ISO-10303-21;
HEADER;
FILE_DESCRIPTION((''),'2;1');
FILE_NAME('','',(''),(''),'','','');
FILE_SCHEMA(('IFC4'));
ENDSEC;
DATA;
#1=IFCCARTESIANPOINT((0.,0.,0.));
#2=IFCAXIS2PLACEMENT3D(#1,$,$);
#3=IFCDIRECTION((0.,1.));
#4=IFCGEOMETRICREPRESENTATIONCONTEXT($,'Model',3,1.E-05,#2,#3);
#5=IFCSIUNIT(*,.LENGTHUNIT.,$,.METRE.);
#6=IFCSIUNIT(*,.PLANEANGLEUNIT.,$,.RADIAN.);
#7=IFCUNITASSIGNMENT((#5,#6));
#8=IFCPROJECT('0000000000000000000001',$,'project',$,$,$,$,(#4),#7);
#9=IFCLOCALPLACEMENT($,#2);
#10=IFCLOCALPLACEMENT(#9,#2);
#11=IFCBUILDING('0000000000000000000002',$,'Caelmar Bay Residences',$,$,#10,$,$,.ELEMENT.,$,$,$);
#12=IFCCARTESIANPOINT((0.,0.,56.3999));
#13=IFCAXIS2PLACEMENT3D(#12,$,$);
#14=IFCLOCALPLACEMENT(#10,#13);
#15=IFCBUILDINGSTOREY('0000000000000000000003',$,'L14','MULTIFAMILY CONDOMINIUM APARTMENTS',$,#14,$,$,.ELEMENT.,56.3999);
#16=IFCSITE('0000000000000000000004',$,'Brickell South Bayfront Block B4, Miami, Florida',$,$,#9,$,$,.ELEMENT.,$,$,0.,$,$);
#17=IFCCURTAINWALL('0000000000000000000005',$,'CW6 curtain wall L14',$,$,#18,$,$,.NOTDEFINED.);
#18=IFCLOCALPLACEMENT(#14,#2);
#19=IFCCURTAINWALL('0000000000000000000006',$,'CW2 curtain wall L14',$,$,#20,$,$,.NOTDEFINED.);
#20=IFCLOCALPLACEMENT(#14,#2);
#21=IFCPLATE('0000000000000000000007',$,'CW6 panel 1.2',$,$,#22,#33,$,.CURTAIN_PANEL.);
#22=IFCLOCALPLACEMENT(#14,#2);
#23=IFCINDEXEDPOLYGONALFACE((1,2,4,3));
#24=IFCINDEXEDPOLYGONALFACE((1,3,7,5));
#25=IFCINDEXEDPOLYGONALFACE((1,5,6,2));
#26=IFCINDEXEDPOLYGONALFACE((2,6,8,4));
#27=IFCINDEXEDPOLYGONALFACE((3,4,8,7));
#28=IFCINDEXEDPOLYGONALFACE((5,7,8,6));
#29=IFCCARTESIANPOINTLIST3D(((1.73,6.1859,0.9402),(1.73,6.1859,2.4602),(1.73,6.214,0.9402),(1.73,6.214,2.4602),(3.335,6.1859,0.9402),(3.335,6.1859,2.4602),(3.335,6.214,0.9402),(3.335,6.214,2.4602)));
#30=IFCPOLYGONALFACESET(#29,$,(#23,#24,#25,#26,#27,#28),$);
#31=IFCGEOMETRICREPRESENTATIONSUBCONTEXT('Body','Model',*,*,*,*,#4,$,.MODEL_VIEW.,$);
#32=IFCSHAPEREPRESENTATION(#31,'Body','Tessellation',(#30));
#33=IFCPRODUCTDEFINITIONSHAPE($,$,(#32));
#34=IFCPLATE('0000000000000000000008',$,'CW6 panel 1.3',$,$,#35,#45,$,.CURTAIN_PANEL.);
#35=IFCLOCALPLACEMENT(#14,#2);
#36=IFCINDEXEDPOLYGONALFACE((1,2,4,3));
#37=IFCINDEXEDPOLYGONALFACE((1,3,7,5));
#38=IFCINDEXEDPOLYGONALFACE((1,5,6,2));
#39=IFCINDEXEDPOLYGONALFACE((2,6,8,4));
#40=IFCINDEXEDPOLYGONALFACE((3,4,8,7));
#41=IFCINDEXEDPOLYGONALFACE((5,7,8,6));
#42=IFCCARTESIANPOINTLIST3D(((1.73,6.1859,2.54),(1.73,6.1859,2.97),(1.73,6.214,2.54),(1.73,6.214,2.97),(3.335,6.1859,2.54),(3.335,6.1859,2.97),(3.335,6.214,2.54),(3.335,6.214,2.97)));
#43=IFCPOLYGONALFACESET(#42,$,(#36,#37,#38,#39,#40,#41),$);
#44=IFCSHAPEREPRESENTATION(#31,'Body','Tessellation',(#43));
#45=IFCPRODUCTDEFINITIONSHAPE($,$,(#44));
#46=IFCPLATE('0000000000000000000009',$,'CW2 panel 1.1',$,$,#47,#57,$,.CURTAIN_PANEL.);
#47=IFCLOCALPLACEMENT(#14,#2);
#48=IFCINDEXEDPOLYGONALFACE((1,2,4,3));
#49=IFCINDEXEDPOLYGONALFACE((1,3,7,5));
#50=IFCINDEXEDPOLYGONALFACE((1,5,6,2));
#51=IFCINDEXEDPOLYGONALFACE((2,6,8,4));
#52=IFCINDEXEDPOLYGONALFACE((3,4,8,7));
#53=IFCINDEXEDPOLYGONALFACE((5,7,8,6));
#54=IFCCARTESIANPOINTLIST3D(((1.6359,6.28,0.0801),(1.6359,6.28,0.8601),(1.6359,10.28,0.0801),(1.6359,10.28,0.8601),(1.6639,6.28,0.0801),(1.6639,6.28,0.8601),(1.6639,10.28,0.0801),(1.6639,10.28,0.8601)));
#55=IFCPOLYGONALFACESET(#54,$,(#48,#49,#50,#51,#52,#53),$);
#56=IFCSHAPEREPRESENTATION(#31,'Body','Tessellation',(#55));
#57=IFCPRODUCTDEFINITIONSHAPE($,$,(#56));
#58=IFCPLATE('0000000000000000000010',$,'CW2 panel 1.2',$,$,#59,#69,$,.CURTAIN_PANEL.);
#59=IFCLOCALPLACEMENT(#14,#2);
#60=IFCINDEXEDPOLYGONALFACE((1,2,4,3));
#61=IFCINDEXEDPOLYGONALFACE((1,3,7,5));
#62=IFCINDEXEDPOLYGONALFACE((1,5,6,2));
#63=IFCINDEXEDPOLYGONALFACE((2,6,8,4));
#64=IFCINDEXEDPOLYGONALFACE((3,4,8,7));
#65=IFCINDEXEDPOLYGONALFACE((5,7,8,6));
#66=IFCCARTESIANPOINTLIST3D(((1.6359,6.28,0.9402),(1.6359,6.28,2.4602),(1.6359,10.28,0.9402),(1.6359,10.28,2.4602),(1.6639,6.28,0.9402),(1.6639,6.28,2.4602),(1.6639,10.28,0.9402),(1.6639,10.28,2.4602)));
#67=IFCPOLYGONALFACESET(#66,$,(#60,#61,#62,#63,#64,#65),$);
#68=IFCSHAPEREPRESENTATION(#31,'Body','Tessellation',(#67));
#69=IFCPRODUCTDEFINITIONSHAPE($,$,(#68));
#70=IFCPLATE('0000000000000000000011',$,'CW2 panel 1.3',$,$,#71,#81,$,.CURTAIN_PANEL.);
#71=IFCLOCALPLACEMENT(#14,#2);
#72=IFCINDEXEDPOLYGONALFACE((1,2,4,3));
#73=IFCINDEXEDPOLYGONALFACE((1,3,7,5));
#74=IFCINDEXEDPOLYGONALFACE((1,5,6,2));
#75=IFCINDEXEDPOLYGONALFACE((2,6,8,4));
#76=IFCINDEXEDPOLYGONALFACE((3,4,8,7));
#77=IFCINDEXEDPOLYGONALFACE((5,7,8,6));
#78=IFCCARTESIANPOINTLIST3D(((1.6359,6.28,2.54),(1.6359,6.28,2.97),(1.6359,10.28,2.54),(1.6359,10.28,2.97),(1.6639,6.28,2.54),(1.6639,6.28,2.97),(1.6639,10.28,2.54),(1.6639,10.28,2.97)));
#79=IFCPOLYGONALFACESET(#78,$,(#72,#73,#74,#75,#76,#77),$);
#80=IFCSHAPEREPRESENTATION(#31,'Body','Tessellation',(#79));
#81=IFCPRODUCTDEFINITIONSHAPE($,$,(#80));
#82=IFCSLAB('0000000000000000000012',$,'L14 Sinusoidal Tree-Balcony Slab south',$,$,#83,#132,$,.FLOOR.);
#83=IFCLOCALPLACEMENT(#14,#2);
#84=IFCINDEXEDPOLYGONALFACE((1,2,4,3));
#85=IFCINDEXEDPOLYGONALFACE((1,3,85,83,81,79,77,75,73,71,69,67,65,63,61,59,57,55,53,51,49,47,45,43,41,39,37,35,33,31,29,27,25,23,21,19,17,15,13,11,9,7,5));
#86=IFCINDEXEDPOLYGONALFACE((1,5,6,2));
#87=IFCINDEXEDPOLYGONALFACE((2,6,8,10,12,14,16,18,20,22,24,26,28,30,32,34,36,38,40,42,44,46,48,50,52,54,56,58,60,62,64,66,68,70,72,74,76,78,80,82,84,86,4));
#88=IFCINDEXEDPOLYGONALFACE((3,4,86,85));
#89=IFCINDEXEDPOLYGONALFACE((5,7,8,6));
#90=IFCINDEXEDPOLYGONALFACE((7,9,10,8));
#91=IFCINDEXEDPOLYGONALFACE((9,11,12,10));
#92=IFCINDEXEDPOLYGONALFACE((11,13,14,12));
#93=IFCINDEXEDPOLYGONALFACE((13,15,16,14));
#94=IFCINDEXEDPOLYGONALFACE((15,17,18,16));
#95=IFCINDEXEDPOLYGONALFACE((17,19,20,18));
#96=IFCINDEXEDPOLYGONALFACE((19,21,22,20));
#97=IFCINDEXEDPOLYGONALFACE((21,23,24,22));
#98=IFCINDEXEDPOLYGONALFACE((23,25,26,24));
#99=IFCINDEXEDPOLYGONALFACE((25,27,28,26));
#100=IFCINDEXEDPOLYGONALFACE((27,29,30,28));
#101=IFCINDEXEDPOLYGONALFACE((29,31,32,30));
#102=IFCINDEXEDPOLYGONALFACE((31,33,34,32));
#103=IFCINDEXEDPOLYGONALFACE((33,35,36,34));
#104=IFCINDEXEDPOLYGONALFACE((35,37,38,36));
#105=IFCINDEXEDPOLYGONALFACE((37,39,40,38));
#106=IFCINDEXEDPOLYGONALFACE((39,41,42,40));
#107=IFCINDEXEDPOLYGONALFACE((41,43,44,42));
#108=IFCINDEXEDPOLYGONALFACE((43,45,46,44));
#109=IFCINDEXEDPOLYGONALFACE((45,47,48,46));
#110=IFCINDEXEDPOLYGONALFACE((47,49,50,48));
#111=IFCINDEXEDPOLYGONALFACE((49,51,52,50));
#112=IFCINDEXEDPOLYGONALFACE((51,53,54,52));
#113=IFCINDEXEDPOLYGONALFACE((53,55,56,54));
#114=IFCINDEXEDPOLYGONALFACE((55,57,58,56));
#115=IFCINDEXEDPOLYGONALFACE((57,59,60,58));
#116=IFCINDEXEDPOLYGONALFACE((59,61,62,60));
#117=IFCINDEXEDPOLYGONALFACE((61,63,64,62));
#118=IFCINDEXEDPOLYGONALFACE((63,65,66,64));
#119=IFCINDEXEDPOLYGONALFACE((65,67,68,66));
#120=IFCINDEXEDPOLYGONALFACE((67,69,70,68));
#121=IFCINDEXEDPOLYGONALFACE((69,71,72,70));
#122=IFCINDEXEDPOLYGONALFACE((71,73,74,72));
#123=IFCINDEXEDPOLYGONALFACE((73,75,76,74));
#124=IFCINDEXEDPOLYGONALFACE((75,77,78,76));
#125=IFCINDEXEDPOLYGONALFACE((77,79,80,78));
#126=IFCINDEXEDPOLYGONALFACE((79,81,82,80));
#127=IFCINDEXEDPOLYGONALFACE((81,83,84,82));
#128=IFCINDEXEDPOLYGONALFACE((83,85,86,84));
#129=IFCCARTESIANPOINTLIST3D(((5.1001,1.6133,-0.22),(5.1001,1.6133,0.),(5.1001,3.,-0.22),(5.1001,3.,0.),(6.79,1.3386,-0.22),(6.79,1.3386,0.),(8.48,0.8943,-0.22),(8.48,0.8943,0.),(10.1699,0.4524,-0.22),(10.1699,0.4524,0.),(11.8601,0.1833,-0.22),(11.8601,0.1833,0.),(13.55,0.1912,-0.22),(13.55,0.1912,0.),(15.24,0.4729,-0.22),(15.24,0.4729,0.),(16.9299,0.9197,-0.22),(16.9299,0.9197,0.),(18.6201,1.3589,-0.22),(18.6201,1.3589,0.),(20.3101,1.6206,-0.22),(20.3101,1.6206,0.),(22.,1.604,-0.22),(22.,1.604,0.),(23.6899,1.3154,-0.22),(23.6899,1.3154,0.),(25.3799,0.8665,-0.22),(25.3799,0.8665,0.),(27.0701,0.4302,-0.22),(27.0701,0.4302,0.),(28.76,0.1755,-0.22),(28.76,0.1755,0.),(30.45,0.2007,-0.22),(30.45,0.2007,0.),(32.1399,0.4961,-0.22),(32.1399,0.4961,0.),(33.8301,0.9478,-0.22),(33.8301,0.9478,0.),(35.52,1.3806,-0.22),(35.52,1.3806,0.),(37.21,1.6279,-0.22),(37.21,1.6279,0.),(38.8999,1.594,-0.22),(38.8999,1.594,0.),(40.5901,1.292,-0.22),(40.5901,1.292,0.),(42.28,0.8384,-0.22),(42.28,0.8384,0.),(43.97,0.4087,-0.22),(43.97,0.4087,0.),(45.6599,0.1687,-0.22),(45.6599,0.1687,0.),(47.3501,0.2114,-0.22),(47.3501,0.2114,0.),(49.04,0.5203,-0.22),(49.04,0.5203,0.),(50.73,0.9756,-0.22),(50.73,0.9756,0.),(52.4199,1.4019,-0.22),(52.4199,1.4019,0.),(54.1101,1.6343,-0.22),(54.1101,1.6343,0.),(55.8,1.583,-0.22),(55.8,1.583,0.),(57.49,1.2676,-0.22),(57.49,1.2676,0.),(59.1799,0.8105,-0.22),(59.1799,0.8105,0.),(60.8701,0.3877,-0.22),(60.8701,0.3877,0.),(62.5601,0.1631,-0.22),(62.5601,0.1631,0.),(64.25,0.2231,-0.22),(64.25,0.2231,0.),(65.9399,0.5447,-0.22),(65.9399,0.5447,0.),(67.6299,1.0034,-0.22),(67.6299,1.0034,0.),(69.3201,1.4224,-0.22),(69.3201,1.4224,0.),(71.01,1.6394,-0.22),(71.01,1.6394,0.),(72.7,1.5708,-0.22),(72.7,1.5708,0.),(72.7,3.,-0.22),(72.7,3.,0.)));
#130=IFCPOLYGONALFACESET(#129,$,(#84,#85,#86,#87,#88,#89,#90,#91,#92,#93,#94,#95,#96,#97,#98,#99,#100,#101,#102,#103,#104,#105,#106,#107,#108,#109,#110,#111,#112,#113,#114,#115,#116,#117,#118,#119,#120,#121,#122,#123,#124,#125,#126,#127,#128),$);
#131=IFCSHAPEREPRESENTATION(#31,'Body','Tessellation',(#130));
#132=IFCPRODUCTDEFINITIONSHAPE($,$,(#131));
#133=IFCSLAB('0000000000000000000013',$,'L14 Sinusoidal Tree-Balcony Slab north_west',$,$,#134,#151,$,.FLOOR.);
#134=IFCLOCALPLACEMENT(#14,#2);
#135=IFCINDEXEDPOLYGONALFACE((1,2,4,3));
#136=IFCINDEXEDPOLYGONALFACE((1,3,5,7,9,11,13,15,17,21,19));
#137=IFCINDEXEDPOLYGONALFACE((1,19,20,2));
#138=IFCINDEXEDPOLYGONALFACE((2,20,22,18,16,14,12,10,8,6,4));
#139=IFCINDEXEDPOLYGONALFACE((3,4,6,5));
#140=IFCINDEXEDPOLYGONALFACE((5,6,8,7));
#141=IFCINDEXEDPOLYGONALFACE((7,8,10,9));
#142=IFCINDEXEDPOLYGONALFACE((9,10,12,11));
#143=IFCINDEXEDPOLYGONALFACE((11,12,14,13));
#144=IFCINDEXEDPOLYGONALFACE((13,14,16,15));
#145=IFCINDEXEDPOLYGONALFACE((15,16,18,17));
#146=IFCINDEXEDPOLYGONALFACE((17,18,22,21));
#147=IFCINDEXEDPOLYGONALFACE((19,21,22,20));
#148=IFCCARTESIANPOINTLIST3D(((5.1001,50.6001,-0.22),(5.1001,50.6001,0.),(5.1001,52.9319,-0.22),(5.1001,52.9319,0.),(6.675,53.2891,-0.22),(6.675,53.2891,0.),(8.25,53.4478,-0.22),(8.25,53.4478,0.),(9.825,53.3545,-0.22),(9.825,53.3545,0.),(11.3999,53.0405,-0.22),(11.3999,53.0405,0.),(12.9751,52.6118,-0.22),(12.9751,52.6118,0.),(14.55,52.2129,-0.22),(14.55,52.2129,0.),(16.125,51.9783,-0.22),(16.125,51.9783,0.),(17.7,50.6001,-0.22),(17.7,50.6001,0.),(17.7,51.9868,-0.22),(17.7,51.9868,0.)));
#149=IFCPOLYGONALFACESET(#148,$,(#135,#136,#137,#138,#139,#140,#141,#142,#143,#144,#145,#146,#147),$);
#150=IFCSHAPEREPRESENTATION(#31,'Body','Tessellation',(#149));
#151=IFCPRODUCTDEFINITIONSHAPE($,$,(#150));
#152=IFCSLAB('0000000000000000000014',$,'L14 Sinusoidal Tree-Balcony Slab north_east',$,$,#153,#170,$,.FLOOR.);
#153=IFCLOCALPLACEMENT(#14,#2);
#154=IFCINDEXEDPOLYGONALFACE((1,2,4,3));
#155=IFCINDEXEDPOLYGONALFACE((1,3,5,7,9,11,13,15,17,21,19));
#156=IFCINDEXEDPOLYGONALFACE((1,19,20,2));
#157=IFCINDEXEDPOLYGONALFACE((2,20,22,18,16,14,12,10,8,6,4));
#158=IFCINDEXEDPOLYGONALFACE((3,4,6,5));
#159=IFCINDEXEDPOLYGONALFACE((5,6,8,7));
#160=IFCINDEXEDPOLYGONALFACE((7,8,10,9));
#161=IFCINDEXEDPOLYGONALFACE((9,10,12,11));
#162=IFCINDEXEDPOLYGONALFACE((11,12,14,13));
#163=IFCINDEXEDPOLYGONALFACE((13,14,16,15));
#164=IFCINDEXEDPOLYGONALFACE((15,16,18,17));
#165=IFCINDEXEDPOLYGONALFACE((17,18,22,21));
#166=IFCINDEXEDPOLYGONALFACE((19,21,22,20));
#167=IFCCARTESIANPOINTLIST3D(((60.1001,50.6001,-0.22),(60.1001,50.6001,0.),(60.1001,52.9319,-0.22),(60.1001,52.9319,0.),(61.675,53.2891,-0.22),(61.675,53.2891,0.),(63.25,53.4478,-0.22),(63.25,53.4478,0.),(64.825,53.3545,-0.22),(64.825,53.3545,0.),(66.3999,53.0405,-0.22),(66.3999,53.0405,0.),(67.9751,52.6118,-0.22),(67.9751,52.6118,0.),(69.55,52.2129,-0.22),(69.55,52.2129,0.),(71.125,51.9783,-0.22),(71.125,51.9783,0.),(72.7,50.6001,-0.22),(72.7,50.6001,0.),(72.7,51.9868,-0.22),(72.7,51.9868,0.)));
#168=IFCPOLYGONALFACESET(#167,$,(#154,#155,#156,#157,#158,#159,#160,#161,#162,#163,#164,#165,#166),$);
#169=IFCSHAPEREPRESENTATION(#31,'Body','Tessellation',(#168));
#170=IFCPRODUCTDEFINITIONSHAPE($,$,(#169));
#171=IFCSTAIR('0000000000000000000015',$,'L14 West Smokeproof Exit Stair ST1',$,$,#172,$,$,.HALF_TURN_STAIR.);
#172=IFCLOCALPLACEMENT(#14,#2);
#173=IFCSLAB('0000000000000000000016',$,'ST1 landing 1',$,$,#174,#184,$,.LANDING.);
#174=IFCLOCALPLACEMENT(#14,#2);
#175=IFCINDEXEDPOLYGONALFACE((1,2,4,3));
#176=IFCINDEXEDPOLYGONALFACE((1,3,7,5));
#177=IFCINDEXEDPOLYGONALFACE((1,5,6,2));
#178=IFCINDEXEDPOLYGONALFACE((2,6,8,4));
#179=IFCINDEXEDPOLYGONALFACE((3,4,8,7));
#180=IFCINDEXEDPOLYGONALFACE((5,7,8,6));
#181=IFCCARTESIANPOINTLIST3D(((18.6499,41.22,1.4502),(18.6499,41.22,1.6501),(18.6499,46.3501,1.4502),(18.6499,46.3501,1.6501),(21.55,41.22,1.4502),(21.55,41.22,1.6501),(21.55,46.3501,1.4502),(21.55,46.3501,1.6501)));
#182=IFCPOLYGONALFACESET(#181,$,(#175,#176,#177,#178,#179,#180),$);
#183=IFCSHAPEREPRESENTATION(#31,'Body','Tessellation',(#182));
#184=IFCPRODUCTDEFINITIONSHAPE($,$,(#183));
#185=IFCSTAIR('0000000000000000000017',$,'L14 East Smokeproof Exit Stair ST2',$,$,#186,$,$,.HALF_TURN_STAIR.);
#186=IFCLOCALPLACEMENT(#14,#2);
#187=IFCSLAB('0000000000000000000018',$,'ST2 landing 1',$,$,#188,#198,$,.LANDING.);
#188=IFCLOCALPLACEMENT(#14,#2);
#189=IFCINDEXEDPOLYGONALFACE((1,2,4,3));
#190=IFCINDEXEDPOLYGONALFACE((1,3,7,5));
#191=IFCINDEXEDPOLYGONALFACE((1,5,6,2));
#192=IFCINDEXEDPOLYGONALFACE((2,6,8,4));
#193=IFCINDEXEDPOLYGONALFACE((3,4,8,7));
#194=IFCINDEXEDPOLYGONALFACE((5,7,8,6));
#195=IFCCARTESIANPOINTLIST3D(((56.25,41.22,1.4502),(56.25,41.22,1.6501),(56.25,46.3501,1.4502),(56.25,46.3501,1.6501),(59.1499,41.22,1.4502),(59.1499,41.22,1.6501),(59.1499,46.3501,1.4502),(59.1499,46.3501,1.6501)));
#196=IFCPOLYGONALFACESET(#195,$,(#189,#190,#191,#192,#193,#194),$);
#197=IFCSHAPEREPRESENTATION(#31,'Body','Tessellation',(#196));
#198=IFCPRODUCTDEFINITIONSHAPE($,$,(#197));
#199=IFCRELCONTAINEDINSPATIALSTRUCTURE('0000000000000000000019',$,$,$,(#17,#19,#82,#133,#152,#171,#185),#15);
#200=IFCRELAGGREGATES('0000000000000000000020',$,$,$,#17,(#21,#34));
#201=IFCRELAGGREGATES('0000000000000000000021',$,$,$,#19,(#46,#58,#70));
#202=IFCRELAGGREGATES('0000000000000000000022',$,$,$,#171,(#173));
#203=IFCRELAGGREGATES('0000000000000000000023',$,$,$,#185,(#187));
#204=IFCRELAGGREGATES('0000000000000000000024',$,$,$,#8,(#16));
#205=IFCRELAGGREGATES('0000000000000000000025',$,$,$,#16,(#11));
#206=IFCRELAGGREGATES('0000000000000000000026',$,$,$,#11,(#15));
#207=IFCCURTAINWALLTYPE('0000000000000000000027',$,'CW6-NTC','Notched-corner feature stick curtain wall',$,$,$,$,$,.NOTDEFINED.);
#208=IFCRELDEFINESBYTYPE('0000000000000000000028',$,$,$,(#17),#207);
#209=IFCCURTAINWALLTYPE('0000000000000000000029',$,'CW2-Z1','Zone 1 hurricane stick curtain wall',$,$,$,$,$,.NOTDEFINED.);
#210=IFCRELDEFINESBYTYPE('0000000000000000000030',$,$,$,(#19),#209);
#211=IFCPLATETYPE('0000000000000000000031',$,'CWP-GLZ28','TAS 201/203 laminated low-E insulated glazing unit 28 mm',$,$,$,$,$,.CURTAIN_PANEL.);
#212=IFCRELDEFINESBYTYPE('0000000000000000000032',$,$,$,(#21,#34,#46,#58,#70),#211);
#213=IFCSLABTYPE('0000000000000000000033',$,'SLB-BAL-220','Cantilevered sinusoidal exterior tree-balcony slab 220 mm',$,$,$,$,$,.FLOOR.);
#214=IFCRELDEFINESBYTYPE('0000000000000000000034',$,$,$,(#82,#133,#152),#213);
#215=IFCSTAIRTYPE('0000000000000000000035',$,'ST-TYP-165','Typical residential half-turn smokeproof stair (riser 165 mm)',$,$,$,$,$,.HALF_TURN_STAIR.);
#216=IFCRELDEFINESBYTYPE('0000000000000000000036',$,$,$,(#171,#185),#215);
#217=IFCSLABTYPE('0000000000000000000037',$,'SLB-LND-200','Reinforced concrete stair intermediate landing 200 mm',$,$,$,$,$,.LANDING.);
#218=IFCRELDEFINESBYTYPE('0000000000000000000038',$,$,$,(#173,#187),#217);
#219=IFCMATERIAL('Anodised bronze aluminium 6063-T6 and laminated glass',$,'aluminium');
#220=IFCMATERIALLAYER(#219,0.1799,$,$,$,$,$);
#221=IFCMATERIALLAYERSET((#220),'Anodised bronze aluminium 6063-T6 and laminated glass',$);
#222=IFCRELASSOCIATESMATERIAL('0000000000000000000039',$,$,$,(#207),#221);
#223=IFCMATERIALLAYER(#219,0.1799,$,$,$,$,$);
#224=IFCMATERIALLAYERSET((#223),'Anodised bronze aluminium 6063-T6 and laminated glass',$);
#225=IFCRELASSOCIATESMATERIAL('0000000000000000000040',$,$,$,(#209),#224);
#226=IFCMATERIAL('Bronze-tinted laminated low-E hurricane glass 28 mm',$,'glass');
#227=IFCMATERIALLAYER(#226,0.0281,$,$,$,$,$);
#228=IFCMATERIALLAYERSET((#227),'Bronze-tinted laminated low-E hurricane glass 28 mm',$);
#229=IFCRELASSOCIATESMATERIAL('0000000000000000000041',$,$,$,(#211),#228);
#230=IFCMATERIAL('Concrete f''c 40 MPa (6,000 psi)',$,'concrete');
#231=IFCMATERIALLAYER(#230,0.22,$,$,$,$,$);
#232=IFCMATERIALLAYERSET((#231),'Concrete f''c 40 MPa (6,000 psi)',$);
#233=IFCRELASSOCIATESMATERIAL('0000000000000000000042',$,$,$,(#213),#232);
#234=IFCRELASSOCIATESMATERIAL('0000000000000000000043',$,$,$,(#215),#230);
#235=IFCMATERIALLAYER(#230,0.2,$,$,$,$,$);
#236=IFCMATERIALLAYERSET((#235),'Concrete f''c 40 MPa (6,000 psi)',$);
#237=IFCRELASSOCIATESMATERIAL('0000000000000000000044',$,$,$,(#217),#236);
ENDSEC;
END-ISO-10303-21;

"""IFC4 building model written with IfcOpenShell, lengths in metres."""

from ifc_helpers import new_model, si_unit, direction, frame, origin, origin_2d, place, context, subcontext, project, spatial, polyline, rectangle, outline, extrude, material, layer, layer_set, type_object, element, aggregate, save


model = new_model("IFC4")

# Units and contexts
model_context = context("Model", 3, precision=1e-05, world=origin(), true_north=direction((0.0, 1.0)))
body_context = subcontext(model_context, "Body", "Model", "MODEL_VIEW")
ifc_project = project(units=[si_unit("LENGTHUNIT", "METRE"), si_unit("PLANEANGLEUNIT", "RADIAN")], contexts=[model_context])

# Site, building, storey
site_placement = place(None, origin())
site = spatial("IfcSite", under=ifc_project, at=site_placement, Name="Brickell South Bayfront Block B4, Miami, Florida", CompositionType="ELEMENT", RefElevation=0.0)
building_placement = place(site_placement, origin())
building = spatial("IfcBuilding", under=site, at=building_placement, Name="Caelmar Bay Residences", CompositionType="ELEMENT")
storey_placement = place(building_placement, frame((0.0, 0.0, 56.3999)))
storey = spatial("IfcBuildingStorey", under=building, at=storey_placement, Name="L14", Description="MULTIFAMILY CONDOMINIUM APARTMENTS", CompositionType="ELEMENT", Elevation=56.3999)

# Curtain walls
ifc_material_1 = material(Name="Anodised bronze aluminium 6063-T6 and laminated glass", Category="aluminium")
ifc_layer_1 = layer(ifc_material_1, 0.1799)
ifc_layer_set_1 = layer_set([ifc_layer_1], Name="Anodised bronze aluminium 6063-T6 and laminated glass")
curtain_wall_type_1 = type_object("IfcCurtainWallType", Name="CW6-NTC", Description="Notched-corner feature stick curtain wall", PredefinedType="NOTDEFINED", material=ifc_layer_set_1)
curtain_wall_1_placement = place(storey_placement, origin())
curtain_wall_1 = element("IfcCurtainWall", 1, at=curtain_wall_1_placement, inside=storey, type_object=curtain_wall_type_1, Name="CW6 curtain wall L14", PredefinedType="NOTDEFINED")
ifc_layer_2 = layer(ifc_material_1, 0.1799)
ifc_layer_set_2 = layer_set([ifc_layer_2], Name="Anodised bronze aluminium 6063-T6 and laminated glass")
curtain_wall_type_2 = type_object("IfcCurtainWallType", Name="CW2-Z1", Description="Zone 1 hurricane stick curtain wall", PredefinedType="NOTDEFINED", material=ifc_layer_set_2)
curtain_wall_2_placement = place(storey_placement, origin())
curtain_wall_2 = element("IfcCurtainWall", 2, at=curtain_wall_2_placement, inside=storey, type_object=curtain_wall_type_2, Name="CW2 curtain wall L14", PredefinedType="NOTDEFINED")

# Plates
ifc_material_2 = material(Name="Bronze-tinted laminated low-E hurricane glass 28 mm", Category="glass")
ifc_layer_3 = layer(ifc_material_2, 0.0281)
ifc_layer_set_3 = layer_set([ifc_layer_3], Name="Bronze-tinted laminated low-E hurricane glass 28 mm")
plate_type = type_object("IfcPlateType", Name="CWP-GLZ28", Description="TAS 201/203 laminated low-E insulated glazing unit 28 mm", PredefinedType="CURTAIN_PANEL", material=ifc_layer_set_3)
plate_1_placement = place(storey_placement, frame((2.5325, 6.2, 0.9402), z_axis=(0.0, 0.0, 1.0), x_axis=(1.0, 0.0, 0.0)))
plate_1 = element("IfcPlate", 3, at=plate_1_placement, type_object=plate_type, Name="CW6 panel 1.2", PredefinedType="CURTAIN_PANEL", context=body_context, shape_type="SweptSolid", body=[
    extrude(rectangle(XDim=1.605, YDim=0.0281, at=origin_2d()), origin(), (0.0, 0.0, 1.0), 1.52),
])
plate_2_placement = place(storey_placement, frame((2.5325, 6.2, 2.54), z_axis=(0.0, 0.0, 1.0), x_axis=(1.0, 0.0, 0.0)))
plate_2 = element("IfcPlate", 4, at=plate_2_placement, type_object=plate_type, Name="CW6 panel 1.3", PredefinedType="CURTAIN_PANEL", context=body_context, shape_type="SweptSolid", body=[
    extrude(rectangle(XDim=1.605, YDim=0.0281, at=origin_2d()), origin(), (0.0, 0.0, 1.0), 0.4299),
])
aggregate(curtain_wall_1, [plate_1, plate_2])
plate_3_placement = place(storey_placement, frame((1.6499, 8.28, 0.0801), z_axis=(0.0, 0.0, 1.0), x_axis=(0.0, 1.0, 0.0)))
plate_3 = element("IfcPlate", 5, at=plate_3_placement, type_object=plate_type, Name="CW2 panel 1.1", PredefinedType="CURTAIN_PANEL", context=body_context, shape_type="SweptSolid", body=[
    extrude(rectangle(XDim=4.0, YDim=0.0281, at=origin_2d()), origin(), (0.0, 0.0, 1.0), 0.78),
])
plate_4_placement = place(storey_placement, frame((1.6499, 8.28, 0.9402), z_axis=(0.0, 0.0, 1.0), x_axis=(0.0, 1.0, 0.0)))
plate_4 = element("IfcPlate", 6, at=plate_4_placement, type_object=plate_type, Name="CW2 panel 1.2", PredefinedType="CURTAIN_PANEL", context=body_context, shape_type="SweptSolid", body=[
    extrude(rectangle(XDim=4.0, YDim=0.0281, at=origin_2d()), origin(), (0.0, 0.0, 1.0), 1.52),
])
plate_5_placement = place(storey_placement, frame((1.6499, 8.28, 2.54), z_axis=(0.0, 0.0, 1.0), x_axis=(0.0, 1.0, 0.0)))
plate_5 = element("IfcPlate", 7, at=plate_5_placement, type_object=plate_type, Name="CW2 panel 1.3", PredefinedType="CURTAIN_PANEL", context=body_context, shape_type="SweptSolid", body=[
    extrude(rectangle(XDim=4.0, YDim=0.0281, at=origin_2d()), origin(), (0.0, 0.0, 1.0), 0.4299),
])
aggregate(curtain_wall_2, [plate_3, plate_4, plate_5])

# Slabs
ifc_material_3 = material(Name="Concrete f'c 40 MPa (6,000 psi)", Category="concrete")
ifc_layer_4 = layer(ifc_material_3, 0.22)
ifc_layer_set_4 = layer_set([ifc_layer_4], Name="Concrete f'c 40 MPa (6,000 psi)")
slab_type_1 = type_object("IfcSlabType", Name="SLB-BAL-220", Description="Cantilevered sinusoidal exterior tree-balcony slab 220 mm", PredefinedType="FLOOR", material=ifc_layer_set_4)
slab_1_placement = place(storey_placement, frame((0.0, 0.0, -0.22)))
element("IfcSlab", 8, at=slab_1_placement, inside=storey, type_object=slab_type_1, Name="L14 Sinusoidal Tree-Balcony Slab south", PredefinedType="FLOOR", context=body_context, shape_type="SweptSolid", body=[
    extrude(outline(polyline([(5.1001, 1.6133), (6.79, 1.3386), (8.48, 0.8943), (10.1699, 0.4524), (11.8601, 0.1833), (13.55, 0.1912), (15.24, 0.4729), (16.9299, 0.9197), (18.6201, 1.3589), (20.3101, 1.6206), (22.0, 1.604), (23.6899, 1.3154), (25.3799, 0.8665), (27.0701, 0.4302), (28.76, 0.1755), (30.45, 0.2007), (32.1399, 0.4961), (33.8301, 0.9478), (35.52, 1.3806), (37.21, 1.6279), (38.8999, 1.594), (40.5901, 1.292), (42.28, 0.8384), (43.97, 0.4087), (45.6599, 0.1687), (47.3501, 0.2114), (49.04, 0.5203), (50.73, 0.9756), (52.4199, 1.4019), (54.1101, 1.6343), (55.8, 1.583), (57.49, 1.2676), (59.1799, 0.8105), (60.8701, 0.3877), (62.5601, 0.1631), (64.25, 0.2231), (65.9399, 0.5447), (67.6299, 1.0034), (69.3201, 1.4224), (71.01, 1.6394), (72.7, 1.5708), (72.7, 3.0), (5.1001, 3.0), (5.1001, 1.6133)])), origin(), (0.0, 0.0, 1.0), 0.22),
])
slab_2_placement = place(storey_placement, frame((0.0, 0.0, -0.22)))
element("IfcSlab", 9, at=slab_2_placement, inside=storey, type_object=slab_type_1, Name="L14 Sinusoidal Tree-Balcony Slab north_west", PredefinedType="FLOOR", context=body_context, shape_type="SweptSolid", body=[
    extrude(outline(polyline([(5.1001, 50.6001), (17.7, 50.6001), (17.7, 51.9868), (16.125, 51.9783), (14.55, 52.2129), (12.9751, 52.6118), (11.3999, 53.0405), (9.825, 53.3545), (8.25, 53.4478), (6.675, 53.2891), (5.1001, 52.9319), (5.1001, 50.6001)])), origin(), (0.0, 0.0, 1.0), 0.22),
])
slab_3_placement = place(storey_placement, frame((0.0, 0.0, -0.22)))
element("IfcSlab", 10, at=slab_3_placement, inside=storey, type_object=slab_type_1, Name="L14 Sinusoidal Tree-Balcony Slab north_east", PredefinedType="FLOOR", context=body_context, shape_type="SweptSolid", body=[
    extrude(outline(polyline([(60.1001, 50.6001), (72.7, 50.6001), (72.7, 51.9868), (71.125, 51.9783), (69.55, 52.2129), (67.9751, 52.6118), (66.3999, 53.0405), (64.825, 53.3545), (63.25, 53.4478), (61.675, 53.2891), (60.1001, 52.9319), (60.1001, 50.6001)])), origin(), (0.0, 0.0, 1.0), 0.22),
])

# Stairs, slabs
stair_type = type_object("IfcStairType", Name="ST-TYP-165", Description="Typical residential half-turn smokeproof stair (riser 165 mm)", PredefinedType="HALF_TURN_STAIR", material=ifc_material_3)
stair_1_placement = place(storey_placement, origin())
stair_1 = element("IfcStair", 11, at=stair_1_placement, inside=storey, type_object=stair_type, Name="L14 West Smokeproof Exit Stair ST1", PredefinedType="HALF_TURN_STAIR")
ifc_layer_5 = layer(ifc_material_3, 0.2)
ifc_layer_set_5 = layer_set([ifc_layer_5], Name="Concrete f'c 40 MPa (6,000 psi)")
slab_type_2 = type_object("IfcSlabType", Name="SLB-LND-200", Description="Reinforced concrete stair intermediate landing 200 mm", PredefinedType="LANDING", material=ifc_layer_set_5)
slab_4_placement = place(storey_placement, frame((0.0, 0.0, 1.4502)))
slab_4 = element("IfcSlab", 12, at=slab_4_placement, type_object=slab_type_2, Name="ST1 landing 1", PredefinedType="LANDING", context=body_context, shape_type="SweptSolid", body=[
    extrude(outline(polyline([(21.55, 41.22), (21.55, 46.3501), (18.6499, 46.3501), (18.6499, 41.22), (21.55, 41.22)])), origin(), (0.0, 0.0, 1.0), 0.2),
])
aggregate(stair_1, [slab_4])
stair_2_placement = place(storey_placement, origin())
stair_2 = element("IfcStair", 13, at=stair_2_placement, inside=storey, type_object=stair_type, Name="L14 East Smokeproof Exit Stair ST2", PredefinedType="HALF_TURN_STAIR")
slab_5_placement = place(storey_placement, frame((0.0, 0.0, 1.4502)))
slab_5 = element("IfcSlab", 14, at=slab_5_placement, type_object=slab_type_2, Name="ST2 landing 1", PredefinedType="LANDING", context=body_context, shape_type="SweptSolid", body=[
    extrude(outline(polyline([(59.1499, 41.22), (59.1499, 46.3501), (56.25, 46.3501), (56.25, 41.22), (59.1499, 41.22)])), origin(), (0.0, 0.0, 1.0), 0.2),
])
aggregate(stair_2, [slab_5])

save(model, "model.ifc")
